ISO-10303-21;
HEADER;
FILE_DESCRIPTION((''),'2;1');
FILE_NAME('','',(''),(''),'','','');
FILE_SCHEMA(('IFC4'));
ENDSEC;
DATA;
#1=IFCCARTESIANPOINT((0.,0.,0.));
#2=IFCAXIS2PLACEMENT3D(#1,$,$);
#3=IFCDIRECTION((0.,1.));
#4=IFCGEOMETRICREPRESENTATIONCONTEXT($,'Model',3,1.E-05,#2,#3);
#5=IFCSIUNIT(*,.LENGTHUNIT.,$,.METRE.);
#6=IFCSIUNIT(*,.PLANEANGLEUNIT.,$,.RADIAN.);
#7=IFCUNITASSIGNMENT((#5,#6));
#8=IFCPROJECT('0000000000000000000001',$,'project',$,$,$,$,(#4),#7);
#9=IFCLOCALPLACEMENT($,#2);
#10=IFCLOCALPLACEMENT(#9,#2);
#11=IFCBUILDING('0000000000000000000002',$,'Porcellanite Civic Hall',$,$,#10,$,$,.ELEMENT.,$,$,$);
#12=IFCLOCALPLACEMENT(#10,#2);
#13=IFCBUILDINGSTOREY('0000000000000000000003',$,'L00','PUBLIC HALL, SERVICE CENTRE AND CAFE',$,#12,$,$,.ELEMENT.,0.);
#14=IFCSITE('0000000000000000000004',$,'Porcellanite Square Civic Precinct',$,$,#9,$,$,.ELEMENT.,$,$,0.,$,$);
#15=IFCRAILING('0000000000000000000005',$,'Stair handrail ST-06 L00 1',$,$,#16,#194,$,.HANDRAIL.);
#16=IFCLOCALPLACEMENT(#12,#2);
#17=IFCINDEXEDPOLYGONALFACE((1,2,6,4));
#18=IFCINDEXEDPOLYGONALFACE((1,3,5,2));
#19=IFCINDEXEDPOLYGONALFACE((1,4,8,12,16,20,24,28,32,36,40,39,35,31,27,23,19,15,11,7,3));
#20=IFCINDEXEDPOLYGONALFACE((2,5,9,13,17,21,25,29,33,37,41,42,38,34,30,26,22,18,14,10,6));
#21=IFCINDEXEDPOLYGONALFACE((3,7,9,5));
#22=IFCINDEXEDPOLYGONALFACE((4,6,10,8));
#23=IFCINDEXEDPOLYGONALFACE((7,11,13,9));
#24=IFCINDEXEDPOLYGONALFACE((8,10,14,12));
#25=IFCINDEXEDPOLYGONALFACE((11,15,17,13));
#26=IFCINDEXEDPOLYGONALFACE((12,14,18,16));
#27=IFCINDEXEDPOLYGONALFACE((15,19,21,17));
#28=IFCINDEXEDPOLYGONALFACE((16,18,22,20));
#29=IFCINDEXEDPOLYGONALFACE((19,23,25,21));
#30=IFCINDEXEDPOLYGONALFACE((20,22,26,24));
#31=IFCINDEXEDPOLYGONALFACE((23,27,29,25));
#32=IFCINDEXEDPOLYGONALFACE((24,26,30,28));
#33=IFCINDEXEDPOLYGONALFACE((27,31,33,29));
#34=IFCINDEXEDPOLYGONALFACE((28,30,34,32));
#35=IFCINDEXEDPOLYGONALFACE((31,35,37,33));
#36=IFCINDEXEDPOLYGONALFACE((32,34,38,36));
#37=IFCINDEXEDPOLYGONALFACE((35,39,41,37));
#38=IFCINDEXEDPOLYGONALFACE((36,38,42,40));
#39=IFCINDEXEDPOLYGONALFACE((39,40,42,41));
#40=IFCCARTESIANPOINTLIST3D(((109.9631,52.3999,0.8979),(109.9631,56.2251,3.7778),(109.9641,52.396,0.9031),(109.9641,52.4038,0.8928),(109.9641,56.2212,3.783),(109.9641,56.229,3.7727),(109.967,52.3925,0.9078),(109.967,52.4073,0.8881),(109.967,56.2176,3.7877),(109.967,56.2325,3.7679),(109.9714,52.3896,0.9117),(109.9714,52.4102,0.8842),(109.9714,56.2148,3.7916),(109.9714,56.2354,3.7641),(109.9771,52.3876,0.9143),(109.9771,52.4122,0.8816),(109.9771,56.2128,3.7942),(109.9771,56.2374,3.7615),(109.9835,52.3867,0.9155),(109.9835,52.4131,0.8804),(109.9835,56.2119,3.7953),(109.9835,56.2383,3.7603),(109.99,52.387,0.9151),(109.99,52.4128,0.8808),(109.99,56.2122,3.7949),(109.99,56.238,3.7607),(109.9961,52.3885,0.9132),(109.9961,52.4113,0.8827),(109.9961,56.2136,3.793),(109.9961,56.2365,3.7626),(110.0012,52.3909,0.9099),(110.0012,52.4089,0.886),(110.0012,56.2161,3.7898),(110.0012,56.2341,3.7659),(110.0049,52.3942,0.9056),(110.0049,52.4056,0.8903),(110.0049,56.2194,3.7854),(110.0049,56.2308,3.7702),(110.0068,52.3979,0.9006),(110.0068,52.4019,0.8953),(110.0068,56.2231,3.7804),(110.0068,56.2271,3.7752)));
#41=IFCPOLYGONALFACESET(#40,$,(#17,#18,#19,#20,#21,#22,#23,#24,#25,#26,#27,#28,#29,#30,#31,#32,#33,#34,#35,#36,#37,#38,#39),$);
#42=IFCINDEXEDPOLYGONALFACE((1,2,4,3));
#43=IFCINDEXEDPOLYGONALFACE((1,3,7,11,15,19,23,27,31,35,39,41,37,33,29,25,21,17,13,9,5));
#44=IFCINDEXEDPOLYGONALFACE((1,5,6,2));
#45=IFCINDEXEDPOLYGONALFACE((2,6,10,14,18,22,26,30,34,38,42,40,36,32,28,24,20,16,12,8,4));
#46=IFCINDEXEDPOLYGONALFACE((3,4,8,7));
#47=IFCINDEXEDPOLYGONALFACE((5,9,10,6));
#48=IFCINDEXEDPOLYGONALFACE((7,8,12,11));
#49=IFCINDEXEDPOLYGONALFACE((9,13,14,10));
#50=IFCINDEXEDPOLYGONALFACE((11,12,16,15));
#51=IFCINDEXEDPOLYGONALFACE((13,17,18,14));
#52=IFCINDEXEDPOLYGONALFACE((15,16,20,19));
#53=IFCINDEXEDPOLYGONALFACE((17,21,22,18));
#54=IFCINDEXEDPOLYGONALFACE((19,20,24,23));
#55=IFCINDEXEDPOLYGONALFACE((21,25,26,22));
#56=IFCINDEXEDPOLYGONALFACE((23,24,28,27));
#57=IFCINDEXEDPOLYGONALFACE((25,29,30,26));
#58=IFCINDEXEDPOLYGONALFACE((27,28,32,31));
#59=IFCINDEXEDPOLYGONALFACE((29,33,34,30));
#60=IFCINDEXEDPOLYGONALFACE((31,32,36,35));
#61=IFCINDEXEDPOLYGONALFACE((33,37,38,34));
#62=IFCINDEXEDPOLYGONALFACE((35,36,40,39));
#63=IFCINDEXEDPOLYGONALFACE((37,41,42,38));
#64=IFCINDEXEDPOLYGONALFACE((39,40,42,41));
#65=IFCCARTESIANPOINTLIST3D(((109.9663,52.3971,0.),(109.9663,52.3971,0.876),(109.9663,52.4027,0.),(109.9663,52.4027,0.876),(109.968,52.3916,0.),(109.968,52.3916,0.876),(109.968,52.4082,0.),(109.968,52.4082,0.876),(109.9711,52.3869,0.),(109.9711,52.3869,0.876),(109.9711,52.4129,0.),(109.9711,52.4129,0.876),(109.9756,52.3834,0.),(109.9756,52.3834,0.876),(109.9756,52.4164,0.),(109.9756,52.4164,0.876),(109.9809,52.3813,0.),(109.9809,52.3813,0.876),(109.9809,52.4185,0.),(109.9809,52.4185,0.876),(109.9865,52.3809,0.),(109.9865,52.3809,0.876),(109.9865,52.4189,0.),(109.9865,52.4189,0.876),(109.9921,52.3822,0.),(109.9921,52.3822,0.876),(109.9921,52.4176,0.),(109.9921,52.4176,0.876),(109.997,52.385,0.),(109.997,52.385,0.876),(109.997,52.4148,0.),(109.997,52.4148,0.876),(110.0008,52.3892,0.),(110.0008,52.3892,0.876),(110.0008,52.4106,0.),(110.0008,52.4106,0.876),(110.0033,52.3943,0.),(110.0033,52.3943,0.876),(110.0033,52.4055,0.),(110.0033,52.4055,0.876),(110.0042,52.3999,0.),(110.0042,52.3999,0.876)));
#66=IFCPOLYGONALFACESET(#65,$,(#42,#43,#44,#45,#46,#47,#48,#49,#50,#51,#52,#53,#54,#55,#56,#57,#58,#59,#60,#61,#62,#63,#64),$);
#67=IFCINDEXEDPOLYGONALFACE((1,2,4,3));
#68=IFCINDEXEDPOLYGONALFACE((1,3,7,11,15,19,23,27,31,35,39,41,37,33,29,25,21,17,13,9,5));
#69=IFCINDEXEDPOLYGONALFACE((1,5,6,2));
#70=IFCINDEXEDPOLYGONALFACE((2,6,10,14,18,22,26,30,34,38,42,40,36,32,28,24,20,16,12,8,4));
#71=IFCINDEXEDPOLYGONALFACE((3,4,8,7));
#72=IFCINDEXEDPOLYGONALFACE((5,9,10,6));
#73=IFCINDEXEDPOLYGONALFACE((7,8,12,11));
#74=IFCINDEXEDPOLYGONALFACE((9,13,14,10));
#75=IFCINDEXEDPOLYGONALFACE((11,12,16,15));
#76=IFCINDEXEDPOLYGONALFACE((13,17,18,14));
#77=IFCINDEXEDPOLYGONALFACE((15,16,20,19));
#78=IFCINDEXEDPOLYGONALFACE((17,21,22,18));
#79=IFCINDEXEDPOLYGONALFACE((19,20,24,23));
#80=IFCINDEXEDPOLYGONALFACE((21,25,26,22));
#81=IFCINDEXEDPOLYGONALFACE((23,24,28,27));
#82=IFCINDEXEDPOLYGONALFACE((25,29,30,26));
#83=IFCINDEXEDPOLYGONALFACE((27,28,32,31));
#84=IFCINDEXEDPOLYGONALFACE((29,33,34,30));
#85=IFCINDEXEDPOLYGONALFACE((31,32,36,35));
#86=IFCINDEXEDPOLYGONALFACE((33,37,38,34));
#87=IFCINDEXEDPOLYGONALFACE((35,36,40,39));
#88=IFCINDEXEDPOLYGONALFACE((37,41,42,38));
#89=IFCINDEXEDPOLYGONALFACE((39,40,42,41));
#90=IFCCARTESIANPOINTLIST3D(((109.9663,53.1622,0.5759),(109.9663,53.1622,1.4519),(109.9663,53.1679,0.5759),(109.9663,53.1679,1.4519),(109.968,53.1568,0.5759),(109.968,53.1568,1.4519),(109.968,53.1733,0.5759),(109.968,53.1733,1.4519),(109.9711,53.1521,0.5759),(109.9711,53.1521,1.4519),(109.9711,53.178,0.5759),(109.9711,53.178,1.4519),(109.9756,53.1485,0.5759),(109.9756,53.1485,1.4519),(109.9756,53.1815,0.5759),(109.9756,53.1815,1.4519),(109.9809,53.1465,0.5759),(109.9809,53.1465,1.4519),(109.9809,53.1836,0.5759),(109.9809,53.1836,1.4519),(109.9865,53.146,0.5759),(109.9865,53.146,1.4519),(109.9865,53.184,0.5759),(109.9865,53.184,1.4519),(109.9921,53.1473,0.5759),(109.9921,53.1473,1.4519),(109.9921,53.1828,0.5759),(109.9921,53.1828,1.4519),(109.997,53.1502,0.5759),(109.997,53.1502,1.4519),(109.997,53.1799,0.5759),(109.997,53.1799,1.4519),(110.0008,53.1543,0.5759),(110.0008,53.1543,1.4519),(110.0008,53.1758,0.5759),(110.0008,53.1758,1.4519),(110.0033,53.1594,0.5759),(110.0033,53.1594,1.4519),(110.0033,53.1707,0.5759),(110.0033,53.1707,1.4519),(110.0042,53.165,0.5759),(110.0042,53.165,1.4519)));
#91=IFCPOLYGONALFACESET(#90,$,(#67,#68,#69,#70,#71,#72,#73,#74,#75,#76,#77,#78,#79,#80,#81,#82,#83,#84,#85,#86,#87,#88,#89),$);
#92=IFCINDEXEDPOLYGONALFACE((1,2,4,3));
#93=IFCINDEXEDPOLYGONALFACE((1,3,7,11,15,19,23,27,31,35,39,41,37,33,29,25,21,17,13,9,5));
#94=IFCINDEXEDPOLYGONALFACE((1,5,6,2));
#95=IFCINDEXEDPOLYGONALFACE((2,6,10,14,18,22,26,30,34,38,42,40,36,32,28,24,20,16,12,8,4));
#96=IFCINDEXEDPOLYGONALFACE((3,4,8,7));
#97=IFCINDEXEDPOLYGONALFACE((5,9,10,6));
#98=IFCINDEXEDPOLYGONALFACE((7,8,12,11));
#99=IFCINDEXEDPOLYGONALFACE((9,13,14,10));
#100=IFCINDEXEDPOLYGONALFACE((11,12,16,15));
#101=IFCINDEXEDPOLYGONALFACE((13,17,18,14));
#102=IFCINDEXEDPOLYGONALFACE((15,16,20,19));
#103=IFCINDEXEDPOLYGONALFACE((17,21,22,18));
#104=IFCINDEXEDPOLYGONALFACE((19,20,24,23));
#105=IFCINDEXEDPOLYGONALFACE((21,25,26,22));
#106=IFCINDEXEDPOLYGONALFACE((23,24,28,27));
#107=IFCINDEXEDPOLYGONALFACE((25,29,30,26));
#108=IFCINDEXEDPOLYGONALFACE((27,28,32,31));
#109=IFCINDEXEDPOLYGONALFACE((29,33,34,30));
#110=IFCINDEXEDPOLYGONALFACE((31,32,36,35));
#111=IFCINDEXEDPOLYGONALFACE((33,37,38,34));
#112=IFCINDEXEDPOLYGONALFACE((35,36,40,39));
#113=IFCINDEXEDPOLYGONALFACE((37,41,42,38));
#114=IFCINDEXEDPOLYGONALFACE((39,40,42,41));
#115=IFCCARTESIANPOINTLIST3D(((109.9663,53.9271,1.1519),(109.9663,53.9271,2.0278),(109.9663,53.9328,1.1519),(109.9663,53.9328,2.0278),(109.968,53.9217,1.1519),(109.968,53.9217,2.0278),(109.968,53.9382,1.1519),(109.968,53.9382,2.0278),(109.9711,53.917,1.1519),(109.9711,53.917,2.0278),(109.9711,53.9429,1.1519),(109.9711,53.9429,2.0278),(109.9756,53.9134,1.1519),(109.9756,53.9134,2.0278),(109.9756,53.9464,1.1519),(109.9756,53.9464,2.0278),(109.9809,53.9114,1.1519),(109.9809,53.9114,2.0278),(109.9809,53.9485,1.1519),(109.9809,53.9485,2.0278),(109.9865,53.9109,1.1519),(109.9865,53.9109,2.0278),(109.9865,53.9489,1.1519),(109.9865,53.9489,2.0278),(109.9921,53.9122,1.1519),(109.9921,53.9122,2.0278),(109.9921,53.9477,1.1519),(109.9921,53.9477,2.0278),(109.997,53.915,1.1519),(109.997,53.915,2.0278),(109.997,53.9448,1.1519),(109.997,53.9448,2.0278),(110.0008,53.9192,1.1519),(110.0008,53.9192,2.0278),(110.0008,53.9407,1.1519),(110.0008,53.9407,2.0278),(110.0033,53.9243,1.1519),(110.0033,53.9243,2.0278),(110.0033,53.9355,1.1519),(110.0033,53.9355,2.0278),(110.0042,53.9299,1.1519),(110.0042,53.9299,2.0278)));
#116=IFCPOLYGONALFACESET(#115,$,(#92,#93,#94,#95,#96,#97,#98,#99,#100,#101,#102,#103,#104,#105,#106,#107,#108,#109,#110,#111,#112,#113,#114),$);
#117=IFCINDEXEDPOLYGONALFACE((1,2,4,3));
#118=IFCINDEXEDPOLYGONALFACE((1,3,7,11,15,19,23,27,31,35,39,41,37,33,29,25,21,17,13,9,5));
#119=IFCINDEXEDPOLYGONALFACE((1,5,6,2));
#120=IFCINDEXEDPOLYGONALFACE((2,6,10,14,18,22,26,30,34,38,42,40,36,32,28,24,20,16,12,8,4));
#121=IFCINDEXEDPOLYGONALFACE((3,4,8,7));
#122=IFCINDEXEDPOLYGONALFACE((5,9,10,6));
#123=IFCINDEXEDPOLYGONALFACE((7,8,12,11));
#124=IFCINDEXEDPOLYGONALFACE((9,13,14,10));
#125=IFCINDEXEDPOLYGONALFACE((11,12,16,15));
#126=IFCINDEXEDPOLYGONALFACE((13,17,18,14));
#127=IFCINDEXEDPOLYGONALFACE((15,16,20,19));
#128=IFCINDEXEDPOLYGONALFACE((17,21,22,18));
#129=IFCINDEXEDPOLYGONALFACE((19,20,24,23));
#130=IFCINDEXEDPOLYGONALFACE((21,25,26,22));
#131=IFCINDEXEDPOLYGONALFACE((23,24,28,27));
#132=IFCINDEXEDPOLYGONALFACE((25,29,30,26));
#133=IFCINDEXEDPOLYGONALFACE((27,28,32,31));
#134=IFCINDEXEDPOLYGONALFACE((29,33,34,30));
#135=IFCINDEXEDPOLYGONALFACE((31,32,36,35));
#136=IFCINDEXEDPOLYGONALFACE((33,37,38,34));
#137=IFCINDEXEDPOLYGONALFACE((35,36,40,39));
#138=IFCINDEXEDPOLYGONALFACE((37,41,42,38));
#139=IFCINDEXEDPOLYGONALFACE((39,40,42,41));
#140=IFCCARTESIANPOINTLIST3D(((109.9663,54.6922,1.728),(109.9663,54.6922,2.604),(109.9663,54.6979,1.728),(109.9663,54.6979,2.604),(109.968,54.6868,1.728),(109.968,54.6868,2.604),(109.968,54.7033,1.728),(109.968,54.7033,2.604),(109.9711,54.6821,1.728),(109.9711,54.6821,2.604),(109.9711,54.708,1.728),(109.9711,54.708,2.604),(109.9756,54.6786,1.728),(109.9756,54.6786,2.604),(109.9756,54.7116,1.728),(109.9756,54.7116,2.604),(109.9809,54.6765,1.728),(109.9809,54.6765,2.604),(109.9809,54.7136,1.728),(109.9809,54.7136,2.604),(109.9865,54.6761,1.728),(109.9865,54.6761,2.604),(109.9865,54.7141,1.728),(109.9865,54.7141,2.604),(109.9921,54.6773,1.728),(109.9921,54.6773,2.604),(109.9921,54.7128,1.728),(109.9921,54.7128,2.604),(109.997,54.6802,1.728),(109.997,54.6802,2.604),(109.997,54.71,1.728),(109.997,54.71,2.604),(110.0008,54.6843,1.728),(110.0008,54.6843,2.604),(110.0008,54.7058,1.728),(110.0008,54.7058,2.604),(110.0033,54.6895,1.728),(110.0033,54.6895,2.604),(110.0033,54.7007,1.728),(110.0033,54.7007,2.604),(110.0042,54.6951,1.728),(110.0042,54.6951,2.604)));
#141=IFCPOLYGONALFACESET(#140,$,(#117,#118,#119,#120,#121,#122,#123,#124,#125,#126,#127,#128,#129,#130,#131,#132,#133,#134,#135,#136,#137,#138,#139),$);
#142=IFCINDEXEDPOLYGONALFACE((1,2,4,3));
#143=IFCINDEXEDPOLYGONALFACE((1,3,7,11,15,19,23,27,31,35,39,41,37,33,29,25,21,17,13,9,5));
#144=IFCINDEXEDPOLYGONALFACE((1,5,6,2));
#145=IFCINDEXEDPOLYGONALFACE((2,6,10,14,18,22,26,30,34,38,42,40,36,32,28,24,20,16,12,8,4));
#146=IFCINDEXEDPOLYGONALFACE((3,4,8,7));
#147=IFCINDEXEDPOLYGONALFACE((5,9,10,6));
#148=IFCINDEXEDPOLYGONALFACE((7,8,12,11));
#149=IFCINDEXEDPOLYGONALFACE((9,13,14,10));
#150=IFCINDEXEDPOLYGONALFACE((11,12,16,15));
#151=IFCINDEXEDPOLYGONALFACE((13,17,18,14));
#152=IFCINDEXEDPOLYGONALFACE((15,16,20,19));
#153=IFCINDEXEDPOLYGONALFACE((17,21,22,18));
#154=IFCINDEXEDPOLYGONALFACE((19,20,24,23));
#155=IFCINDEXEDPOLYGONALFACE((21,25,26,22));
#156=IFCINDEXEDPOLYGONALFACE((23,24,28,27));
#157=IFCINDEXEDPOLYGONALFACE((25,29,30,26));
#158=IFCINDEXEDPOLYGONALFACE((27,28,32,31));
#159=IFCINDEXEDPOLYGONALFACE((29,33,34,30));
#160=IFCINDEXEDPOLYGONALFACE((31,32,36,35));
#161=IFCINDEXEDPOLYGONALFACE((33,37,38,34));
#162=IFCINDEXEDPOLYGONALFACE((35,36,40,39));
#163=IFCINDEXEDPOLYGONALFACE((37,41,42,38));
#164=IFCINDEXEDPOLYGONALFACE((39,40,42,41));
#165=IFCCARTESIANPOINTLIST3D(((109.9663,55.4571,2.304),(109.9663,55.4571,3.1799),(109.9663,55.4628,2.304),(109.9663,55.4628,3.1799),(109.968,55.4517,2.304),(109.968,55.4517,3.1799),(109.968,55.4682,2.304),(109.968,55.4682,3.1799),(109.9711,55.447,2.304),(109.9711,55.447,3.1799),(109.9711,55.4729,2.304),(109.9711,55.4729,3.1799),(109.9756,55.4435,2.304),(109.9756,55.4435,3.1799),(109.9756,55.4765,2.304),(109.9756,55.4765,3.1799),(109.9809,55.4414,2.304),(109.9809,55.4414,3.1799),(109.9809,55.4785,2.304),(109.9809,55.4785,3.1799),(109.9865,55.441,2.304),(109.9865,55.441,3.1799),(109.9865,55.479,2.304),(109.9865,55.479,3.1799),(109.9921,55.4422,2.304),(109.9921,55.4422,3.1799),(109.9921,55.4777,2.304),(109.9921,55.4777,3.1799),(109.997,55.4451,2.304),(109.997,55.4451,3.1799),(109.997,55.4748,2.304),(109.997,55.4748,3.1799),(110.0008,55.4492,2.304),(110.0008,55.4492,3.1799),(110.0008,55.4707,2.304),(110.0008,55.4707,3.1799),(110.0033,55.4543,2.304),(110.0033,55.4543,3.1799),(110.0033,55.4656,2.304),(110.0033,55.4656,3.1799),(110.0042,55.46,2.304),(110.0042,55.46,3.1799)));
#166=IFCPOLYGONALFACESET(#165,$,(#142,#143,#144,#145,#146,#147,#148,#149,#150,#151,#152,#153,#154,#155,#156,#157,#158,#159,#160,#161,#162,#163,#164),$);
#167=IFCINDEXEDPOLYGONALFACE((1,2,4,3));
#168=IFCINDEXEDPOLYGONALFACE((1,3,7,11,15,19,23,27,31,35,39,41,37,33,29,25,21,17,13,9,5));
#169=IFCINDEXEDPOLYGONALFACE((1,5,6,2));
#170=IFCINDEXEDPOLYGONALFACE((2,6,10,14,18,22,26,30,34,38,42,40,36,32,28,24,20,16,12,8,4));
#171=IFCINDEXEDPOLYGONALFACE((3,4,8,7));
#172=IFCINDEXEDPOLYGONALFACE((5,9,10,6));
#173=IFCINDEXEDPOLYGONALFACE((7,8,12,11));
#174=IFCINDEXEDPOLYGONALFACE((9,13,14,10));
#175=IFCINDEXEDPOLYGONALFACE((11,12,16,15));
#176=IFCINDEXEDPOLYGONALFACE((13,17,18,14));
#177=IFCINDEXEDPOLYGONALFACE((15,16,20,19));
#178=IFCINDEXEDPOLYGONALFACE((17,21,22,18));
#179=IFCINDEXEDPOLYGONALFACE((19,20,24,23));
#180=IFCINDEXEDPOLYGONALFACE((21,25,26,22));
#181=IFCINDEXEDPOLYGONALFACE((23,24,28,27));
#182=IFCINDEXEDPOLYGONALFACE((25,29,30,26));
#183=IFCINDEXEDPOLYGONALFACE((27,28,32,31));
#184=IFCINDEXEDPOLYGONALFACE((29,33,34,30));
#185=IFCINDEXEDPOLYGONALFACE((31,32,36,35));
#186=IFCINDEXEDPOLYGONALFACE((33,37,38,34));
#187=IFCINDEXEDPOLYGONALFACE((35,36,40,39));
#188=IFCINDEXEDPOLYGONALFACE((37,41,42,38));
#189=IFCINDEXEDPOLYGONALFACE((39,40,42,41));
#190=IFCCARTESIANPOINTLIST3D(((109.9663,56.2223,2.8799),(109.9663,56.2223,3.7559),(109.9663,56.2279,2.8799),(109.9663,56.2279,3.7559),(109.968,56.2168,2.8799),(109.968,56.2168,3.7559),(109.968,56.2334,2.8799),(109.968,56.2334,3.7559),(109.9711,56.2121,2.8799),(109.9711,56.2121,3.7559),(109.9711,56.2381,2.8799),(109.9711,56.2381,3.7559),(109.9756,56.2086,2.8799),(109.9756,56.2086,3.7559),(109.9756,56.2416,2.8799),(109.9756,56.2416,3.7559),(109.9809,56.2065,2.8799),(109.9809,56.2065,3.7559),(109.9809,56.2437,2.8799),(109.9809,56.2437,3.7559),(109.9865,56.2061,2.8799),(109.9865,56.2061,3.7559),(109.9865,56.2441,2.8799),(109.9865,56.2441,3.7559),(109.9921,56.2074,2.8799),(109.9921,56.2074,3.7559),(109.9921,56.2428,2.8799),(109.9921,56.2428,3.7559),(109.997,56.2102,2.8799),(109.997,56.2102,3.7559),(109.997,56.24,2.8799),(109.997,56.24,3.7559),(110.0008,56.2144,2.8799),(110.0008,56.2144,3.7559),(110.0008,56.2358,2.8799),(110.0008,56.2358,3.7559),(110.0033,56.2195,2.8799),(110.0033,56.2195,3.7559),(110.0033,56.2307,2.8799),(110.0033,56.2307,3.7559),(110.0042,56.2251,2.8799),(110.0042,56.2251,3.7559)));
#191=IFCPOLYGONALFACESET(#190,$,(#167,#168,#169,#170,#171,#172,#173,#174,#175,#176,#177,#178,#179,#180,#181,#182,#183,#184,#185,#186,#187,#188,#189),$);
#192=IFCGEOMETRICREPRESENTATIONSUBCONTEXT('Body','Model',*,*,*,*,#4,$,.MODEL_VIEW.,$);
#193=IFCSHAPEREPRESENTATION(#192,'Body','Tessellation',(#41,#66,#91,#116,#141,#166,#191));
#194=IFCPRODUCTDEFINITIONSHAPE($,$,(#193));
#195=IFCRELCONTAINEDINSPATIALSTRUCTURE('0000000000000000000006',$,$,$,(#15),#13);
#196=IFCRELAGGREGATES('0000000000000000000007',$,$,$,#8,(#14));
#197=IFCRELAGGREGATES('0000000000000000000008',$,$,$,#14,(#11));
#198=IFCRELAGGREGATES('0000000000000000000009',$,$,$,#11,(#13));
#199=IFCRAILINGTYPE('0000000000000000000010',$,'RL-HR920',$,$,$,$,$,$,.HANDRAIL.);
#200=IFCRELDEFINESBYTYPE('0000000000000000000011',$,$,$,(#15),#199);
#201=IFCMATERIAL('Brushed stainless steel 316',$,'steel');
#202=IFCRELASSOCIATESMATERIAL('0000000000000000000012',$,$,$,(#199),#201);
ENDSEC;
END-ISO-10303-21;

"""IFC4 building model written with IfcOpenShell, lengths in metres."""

from ifc_helpers import new_model, si_unit, direction, frame, origin, origin_2d, place, context, subcontext, project, spatial, circle, extrude, material, type_object, element, save


model = new_model("IFC4")

# Units and contexts
model_context = context("Model", 3, precision=1e-05, world=origin(), true_north=direction((0.0, 1.0)))
body_context = subcontext(model_context, "Body", "Model", "MODEL_VIEW")
ifc_project = project(units=[si_unit("LENGTHUNIT", "METRE"), si_unit("PLANEANGLEUNIT", "RADIAN")], contexts=[model_context])

# Site, building, storey
site_placement = place(None, origin())
site = spatial("IfcSite", under=ifc_project, at=site_placement, Name="Porcellanite Square Civic Precinct", CompositionType="ELEMENT", RefElevation=0.0)
building_placement = place(site_placement, origin())
building = spatial("IfcBuilding", under=site, at=building_placement, Name="Porcellanite Civic Hall", CompositionType="ELEMENT")
storey_placement = place(building_placement, origin())
storey = spatial("IfcBuildingStorey", under=building, at=storey_placement, Name="L00", Description="PUBLIC HALL, SERVICE CENTRE AND CAFE", CompositionType="ELEMENT", Elevation=0.0)

# Railing
ifc_material_1 = material(Name="Brushed stainless steel 316", Category="steel")
railing_type = type_object("IfcRailingType", Name="RL-HR920", PredefinedType="HANDRAIL", material=ifc_material_1)
railing_placement = place(storey_placement, frame((109.9851, 52.3999, 0.0)))
element("IfcRailing", 1, at=railing_placement, inside=storey, type_object=railing_type, Name="Stair handrail ST-06 L00 1", PredefinedType="HANDRAIL", context=body_context, shape_type="SweptSolid", body=[
    extrude(circle(Radius=0.022, at=origin_2d()), frame((0.0, 0.0, 0.8979), z_axis=(0.0, 0.798897, 0.601467), x_axis=(-1.0, 0.0, 0.0)), (0.0, 0.0, 1.0), 4.7881),
    extrude(circle(Radius=0.019, at=origin_2d()), origin(), (0.0, 0.0, 1.0), 0.876),
    extrude(circle(Radius=0.019, at=origin_2d()), frame((0.0, 0.7651, 0.5759)), (0.0, 0.0, 1.0), 0.876),
    extrude(circle(Radius=0.019, at=origin_2d()), frame((0.0, 1.53, 1.1519)), (0.0, 0.0, 1.0), 0.876),
    extrude(circle(Radius=0.019, at=origin_2d()), frame((0.0, 2.2952, 1.728)), (0.0, 0.0, 1.0), 0.876),
    extrude(circle(Radius=0.019, at=origin_2d()), frame((0.0, 3.0601, 2.304)), (0.0, 0.0, 1.0), 0.876),
    extrude(circle(Radius=0.019, at=origin_2d()), frame((0.0, 3.8252, 2.8799)), (0.0, 0.0, 1.0), 0.876),
])

save(model, "model.ifc")
